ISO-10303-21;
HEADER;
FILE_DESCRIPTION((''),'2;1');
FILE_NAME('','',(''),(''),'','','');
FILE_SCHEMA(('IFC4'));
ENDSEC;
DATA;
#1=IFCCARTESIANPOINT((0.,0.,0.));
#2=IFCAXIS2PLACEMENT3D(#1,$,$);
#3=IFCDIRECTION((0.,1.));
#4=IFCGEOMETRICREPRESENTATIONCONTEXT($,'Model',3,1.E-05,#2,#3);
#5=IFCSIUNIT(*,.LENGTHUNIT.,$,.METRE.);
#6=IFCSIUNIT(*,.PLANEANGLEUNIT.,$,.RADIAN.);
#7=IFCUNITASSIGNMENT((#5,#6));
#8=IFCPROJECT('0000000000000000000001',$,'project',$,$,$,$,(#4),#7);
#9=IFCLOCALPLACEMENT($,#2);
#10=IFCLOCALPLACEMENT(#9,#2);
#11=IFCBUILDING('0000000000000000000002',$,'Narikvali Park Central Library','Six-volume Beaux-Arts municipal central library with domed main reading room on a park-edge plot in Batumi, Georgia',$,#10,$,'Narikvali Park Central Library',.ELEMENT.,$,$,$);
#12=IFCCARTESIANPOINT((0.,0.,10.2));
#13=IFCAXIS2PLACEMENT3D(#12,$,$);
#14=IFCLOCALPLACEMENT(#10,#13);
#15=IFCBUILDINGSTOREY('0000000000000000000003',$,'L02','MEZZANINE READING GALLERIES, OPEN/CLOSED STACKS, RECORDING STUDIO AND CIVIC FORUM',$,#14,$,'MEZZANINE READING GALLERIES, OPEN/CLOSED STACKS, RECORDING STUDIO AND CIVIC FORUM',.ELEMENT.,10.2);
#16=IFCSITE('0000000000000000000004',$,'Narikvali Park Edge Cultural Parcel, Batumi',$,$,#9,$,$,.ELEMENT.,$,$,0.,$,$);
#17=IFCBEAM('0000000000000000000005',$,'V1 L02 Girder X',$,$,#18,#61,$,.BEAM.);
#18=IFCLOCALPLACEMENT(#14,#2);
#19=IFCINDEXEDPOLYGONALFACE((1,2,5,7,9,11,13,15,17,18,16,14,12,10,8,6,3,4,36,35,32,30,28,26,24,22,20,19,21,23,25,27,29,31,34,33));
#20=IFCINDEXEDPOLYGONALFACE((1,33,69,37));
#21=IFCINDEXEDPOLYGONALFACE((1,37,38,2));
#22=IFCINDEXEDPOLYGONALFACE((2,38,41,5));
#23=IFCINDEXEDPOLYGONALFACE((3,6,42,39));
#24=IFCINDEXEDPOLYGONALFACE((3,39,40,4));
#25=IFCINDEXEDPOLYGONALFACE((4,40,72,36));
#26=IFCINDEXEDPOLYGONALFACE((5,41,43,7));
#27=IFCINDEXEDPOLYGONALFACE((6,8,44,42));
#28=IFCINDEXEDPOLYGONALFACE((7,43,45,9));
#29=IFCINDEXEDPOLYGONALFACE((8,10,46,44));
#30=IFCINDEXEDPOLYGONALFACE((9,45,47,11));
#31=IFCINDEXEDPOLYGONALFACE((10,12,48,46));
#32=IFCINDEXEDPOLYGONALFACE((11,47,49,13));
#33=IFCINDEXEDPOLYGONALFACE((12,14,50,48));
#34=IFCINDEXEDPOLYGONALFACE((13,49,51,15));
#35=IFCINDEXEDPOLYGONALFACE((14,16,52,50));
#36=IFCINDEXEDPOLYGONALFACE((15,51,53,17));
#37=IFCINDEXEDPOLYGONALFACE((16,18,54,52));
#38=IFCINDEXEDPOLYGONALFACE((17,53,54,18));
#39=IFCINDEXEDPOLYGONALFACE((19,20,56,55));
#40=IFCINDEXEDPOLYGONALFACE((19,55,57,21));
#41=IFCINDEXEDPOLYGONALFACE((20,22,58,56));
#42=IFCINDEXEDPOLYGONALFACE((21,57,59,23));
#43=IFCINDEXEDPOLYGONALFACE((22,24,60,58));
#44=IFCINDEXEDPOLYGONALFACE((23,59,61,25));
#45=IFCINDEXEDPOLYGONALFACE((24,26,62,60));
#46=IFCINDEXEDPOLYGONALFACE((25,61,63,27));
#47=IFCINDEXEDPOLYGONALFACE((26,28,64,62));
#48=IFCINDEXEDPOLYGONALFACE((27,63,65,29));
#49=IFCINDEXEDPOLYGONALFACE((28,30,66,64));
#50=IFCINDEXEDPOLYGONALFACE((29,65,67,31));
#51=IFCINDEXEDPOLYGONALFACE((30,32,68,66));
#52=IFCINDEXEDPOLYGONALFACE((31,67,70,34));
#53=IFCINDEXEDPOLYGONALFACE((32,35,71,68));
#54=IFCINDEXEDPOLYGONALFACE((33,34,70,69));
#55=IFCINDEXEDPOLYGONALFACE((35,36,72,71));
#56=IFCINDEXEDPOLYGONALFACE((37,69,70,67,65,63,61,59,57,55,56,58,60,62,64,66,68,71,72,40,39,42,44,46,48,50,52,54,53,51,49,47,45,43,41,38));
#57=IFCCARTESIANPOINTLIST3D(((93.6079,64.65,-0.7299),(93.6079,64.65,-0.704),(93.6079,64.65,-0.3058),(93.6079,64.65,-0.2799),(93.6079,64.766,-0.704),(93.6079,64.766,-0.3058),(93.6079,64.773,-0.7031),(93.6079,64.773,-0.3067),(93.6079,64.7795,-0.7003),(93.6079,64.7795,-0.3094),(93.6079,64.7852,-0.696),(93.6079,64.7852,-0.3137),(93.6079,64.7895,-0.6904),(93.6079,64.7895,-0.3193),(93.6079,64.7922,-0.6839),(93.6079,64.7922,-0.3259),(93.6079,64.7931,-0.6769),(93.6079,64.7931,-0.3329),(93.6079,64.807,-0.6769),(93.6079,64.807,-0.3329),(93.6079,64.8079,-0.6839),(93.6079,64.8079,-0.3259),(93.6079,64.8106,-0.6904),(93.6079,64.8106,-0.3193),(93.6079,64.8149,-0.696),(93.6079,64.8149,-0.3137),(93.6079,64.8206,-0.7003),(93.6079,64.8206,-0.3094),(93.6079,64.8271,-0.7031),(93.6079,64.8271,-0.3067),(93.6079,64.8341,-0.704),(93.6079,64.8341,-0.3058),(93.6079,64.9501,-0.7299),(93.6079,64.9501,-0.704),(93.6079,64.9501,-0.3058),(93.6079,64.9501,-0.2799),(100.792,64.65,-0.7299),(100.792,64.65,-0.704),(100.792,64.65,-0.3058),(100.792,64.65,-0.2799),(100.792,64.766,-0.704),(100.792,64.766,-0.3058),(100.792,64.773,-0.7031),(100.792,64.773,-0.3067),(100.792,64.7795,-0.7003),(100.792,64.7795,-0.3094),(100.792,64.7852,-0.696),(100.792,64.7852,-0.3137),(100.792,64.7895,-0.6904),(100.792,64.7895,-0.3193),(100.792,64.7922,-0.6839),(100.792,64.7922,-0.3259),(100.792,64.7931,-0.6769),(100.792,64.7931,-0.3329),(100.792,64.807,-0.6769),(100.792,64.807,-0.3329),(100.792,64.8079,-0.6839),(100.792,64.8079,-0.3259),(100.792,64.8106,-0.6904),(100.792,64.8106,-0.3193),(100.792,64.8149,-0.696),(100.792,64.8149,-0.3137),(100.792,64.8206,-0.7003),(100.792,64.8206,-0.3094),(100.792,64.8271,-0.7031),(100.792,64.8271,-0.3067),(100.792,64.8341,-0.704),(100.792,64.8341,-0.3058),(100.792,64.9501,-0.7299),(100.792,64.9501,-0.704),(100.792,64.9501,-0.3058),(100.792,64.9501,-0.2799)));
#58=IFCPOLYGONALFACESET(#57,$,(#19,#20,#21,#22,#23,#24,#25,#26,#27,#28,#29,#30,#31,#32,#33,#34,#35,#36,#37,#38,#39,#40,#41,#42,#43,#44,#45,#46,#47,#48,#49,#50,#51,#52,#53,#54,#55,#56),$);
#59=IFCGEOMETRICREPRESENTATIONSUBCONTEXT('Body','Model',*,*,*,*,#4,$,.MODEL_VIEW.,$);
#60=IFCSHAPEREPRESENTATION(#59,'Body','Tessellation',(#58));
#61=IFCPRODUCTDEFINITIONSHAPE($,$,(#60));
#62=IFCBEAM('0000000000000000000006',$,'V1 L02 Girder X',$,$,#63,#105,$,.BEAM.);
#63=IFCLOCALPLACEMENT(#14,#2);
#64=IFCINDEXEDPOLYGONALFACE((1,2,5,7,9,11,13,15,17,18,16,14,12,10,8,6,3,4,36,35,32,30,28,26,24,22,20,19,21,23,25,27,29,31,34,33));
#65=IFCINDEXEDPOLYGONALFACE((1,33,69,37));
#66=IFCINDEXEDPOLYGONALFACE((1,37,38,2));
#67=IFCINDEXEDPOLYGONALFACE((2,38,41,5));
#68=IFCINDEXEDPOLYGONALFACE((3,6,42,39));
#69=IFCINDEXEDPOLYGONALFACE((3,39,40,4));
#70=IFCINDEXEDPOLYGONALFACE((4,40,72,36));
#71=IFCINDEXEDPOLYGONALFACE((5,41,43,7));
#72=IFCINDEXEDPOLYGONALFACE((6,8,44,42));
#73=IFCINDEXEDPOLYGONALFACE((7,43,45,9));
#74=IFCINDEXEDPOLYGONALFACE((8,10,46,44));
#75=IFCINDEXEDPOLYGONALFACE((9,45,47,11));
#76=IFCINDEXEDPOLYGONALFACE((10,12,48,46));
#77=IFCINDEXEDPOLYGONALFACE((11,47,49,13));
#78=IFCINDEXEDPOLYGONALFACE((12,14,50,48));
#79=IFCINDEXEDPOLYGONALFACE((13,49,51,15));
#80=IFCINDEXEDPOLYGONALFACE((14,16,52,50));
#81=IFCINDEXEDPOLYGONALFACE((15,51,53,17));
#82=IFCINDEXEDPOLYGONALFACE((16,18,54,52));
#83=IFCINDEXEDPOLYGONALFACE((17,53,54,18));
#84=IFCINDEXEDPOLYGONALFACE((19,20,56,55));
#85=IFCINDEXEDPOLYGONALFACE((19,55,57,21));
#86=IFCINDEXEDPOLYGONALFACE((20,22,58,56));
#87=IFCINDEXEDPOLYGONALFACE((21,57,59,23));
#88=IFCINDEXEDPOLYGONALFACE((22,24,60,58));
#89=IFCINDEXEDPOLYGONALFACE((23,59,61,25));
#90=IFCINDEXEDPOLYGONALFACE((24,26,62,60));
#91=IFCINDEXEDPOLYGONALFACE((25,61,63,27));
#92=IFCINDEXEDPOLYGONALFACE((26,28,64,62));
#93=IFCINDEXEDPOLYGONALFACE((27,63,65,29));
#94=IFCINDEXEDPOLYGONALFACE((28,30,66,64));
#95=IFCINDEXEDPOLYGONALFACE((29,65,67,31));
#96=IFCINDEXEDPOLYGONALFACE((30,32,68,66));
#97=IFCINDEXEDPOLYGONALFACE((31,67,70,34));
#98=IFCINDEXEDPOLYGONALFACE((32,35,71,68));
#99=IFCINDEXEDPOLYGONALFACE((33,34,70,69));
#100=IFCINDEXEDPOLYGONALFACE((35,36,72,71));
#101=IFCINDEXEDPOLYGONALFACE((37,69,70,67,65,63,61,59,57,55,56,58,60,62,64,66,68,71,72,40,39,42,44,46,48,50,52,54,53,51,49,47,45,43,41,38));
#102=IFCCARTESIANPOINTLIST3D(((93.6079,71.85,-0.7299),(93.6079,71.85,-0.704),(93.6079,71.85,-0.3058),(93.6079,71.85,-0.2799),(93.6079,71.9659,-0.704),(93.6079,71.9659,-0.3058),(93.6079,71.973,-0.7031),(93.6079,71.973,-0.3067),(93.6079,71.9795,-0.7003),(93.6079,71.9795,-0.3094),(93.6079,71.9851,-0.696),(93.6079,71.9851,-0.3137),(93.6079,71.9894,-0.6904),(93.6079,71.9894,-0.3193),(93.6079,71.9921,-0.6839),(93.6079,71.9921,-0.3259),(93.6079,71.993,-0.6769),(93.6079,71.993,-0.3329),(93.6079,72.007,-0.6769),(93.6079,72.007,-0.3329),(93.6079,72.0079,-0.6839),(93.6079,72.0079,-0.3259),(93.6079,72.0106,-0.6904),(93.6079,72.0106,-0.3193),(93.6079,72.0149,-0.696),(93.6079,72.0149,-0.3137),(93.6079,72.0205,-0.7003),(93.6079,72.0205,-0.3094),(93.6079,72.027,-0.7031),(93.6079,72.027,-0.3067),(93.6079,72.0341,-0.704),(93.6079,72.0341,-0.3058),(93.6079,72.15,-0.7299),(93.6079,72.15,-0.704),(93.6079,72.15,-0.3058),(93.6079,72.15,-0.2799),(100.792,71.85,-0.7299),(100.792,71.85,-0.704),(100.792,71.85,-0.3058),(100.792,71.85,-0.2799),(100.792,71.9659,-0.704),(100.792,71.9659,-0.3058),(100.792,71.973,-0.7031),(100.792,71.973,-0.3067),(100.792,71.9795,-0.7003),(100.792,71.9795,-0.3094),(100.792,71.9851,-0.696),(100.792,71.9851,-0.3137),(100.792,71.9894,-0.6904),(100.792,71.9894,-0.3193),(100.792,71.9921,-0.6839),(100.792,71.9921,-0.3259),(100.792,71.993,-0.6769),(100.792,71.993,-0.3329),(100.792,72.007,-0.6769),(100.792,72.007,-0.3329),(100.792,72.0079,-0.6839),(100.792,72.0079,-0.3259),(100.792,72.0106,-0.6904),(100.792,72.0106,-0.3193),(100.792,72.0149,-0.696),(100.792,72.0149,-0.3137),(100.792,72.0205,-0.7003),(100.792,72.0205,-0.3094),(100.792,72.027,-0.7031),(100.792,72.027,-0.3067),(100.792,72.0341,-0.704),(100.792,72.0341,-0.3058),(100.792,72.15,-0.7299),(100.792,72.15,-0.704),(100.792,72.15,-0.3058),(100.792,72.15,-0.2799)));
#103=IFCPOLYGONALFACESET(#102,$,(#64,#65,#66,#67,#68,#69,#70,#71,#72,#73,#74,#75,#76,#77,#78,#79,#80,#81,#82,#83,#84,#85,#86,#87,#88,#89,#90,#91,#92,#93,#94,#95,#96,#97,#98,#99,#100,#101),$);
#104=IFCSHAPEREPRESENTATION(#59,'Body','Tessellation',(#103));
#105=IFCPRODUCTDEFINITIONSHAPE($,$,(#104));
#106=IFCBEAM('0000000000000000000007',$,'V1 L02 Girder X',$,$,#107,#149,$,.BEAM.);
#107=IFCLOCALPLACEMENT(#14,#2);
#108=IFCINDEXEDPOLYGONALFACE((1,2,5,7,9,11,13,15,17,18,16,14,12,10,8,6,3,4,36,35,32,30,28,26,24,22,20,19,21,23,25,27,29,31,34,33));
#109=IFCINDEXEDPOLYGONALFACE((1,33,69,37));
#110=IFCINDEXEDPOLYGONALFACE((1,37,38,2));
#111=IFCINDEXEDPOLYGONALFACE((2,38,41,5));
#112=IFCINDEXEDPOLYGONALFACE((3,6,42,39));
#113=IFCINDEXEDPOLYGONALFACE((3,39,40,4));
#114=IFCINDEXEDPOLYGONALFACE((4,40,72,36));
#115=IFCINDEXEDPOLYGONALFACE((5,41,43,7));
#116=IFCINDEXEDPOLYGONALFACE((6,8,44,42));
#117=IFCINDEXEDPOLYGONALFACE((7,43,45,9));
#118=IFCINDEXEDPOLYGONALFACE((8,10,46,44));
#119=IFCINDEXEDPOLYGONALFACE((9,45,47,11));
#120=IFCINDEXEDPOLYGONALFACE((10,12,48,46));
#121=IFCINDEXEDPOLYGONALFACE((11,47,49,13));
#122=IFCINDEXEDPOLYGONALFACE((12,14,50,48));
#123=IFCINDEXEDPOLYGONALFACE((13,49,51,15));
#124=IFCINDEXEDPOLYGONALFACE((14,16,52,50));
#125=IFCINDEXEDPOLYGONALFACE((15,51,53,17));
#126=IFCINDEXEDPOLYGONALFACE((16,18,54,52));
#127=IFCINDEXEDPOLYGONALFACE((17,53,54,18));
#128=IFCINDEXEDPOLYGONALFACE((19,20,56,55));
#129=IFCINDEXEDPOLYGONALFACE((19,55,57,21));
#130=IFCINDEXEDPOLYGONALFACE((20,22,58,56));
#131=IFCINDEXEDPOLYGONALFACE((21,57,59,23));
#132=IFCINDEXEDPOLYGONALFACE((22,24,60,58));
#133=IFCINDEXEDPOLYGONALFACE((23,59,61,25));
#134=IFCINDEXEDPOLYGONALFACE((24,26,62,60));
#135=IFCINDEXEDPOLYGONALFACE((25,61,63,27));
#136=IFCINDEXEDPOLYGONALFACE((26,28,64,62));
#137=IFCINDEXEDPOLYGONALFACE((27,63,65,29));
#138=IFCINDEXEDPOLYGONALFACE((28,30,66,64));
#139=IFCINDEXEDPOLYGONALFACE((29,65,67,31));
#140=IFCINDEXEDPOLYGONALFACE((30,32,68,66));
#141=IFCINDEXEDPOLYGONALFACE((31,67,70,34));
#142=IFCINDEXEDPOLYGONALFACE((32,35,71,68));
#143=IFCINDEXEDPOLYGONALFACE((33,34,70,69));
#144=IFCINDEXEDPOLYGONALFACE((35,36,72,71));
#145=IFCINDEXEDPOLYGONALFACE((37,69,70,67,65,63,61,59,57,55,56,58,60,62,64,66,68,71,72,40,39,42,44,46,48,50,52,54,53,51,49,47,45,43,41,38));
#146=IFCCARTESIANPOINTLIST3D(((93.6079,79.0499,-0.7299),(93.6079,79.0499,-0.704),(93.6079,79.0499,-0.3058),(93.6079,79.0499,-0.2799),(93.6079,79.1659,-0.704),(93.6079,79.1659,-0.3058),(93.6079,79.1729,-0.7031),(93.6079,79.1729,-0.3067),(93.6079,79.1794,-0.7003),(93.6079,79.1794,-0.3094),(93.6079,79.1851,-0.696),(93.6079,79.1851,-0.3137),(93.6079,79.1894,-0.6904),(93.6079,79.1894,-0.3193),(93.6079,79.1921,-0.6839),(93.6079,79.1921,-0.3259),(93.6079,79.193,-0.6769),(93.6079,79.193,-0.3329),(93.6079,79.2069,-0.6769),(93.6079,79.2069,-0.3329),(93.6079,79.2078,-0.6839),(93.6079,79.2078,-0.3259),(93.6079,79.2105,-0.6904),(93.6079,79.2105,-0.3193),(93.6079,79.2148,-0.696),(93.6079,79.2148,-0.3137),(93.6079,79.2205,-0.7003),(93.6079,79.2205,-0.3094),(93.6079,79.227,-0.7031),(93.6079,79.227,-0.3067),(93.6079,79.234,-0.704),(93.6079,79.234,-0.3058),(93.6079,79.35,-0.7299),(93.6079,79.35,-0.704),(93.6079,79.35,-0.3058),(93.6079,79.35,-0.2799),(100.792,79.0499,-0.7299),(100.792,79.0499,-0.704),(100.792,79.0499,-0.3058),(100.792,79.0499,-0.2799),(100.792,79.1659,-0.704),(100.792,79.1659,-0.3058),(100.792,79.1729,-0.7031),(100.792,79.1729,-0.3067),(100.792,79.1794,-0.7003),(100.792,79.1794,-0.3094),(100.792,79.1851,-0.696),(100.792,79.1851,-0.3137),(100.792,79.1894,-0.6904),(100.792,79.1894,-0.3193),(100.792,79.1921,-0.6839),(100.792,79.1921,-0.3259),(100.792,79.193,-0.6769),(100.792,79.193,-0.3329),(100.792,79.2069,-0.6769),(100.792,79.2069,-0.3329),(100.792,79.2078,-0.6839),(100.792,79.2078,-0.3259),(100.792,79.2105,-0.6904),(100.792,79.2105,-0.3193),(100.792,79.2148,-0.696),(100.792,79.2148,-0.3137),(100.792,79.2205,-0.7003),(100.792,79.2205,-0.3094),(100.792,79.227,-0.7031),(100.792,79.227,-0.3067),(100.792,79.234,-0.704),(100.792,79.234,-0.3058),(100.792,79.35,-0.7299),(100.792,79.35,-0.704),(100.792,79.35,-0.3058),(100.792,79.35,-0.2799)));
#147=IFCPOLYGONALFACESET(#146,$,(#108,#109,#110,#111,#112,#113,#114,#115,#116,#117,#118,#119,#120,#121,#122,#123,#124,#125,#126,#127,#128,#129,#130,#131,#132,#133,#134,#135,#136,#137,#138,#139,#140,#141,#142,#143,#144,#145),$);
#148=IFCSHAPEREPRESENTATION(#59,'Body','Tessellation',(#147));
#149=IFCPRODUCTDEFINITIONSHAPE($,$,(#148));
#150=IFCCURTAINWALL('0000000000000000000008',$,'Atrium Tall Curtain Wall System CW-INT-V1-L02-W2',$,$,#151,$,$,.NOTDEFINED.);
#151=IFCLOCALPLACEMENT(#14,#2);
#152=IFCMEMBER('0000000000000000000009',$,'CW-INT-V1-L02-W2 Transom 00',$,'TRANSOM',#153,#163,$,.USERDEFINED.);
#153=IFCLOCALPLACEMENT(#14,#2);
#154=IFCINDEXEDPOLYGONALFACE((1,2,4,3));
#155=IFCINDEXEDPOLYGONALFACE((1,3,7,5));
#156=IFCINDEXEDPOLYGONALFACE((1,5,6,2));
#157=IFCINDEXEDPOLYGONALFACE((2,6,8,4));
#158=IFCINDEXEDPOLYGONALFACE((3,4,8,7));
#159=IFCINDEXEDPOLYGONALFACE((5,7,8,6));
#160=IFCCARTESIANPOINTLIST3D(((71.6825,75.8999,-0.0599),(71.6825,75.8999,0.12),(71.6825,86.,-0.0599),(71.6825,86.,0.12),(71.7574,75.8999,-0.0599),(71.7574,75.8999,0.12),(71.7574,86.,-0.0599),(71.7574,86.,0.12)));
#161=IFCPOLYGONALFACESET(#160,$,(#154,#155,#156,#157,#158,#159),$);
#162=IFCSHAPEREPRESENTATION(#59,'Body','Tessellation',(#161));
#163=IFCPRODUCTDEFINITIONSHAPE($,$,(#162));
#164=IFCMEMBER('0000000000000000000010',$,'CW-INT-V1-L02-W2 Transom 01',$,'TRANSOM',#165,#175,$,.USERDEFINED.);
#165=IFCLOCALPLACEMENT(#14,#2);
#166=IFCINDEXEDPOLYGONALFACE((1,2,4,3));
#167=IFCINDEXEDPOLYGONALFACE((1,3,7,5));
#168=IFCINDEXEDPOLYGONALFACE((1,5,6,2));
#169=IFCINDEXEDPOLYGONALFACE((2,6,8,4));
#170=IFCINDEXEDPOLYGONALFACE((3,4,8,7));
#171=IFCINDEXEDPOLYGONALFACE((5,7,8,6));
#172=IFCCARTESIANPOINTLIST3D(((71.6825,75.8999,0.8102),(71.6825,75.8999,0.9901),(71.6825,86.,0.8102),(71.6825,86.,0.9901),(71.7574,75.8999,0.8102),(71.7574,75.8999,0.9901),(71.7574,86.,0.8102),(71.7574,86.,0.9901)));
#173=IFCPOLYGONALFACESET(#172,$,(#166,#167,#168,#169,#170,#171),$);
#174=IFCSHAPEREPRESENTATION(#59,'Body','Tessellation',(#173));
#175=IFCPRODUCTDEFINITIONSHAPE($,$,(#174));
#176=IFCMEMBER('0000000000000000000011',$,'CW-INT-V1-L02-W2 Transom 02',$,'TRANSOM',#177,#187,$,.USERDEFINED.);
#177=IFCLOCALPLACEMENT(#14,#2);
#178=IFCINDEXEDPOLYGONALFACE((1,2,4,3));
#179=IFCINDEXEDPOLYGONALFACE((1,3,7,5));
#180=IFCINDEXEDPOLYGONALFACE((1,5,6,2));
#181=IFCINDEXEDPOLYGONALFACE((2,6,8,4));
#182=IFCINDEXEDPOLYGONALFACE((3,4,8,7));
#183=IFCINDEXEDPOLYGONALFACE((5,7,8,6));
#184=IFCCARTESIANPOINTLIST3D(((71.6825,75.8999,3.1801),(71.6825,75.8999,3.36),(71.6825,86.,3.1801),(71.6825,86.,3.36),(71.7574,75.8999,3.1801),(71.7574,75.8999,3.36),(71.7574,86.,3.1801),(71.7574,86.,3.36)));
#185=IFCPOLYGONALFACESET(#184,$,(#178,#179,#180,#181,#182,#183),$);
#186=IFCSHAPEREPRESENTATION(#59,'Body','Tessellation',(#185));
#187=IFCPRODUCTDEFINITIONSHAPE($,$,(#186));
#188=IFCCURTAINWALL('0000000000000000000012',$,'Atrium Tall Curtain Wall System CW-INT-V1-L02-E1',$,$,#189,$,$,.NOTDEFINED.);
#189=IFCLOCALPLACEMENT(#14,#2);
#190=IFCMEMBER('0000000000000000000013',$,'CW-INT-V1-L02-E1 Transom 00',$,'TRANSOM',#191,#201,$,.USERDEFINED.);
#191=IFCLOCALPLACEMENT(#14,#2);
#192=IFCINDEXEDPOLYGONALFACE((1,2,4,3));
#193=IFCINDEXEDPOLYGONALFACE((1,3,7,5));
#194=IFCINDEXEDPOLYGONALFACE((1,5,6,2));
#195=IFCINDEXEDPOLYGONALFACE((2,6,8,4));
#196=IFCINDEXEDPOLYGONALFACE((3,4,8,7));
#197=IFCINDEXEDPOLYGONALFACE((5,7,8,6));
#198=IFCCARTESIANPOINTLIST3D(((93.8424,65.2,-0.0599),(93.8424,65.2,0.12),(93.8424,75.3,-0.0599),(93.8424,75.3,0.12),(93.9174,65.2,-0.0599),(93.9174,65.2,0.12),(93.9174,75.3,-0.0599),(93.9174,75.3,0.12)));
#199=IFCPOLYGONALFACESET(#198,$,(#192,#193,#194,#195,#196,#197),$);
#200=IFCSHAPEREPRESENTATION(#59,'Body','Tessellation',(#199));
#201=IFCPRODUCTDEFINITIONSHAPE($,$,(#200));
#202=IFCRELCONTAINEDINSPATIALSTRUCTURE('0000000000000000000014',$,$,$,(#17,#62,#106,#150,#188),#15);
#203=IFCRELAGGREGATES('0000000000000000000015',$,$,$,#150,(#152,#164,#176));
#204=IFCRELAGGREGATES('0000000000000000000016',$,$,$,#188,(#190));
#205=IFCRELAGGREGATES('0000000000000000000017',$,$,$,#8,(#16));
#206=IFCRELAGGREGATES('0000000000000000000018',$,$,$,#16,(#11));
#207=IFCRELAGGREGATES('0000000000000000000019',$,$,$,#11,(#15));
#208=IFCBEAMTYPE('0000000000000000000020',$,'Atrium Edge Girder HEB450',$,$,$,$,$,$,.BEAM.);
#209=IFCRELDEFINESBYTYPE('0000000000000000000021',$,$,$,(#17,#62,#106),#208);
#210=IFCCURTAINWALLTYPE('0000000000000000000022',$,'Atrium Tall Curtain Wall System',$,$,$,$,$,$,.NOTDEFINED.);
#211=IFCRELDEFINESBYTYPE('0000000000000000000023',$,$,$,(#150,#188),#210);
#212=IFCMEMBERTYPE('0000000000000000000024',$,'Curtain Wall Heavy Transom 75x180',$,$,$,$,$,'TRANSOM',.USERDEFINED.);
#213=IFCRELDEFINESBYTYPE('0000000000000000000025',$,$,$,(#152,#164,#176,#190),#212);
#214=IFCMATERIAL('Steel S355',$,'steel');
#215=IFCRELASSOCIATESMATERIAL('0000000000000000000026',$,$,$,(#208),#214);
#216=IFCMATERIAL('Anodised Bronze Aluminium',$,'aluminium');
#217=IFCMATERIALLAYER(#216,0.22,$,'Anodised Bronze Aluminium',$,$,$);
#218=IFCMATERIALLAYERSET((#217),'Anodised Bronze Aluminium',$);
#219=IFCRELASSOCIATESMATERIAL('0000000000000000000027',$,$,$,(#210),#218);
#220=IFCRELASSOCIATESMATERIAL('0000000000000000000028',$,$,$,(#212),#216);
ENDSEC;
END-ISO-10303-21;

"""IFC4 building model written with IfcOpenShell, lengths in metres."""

from ifc_helpers import new_model, si_unit, direction, frame, origin, origin_2d, place, context, subcontext, project, spatial, rectangle, i_section, extrude, material, layer, layer_set, material_profile, profile_set, type_object, element, aggregate, save


model = new_model("IFC4")

# Units and contexts
model_context = context("Model", 3, precision=1e-05, world=origin(), true_north=direction((0.0, 1.0)))
body_context = subcontext(model_context, "Body", "Model", "MODEL_VIEW")
ifc_project = project(units=[si_unit("LENGTHUNIT", "METRE"), si_unit("PLANEANGLEUNIT", "RADIAN")], contexts=[model_context])

# Site, building, storey
site_placement = place(None, origin())
site = spatial("IfcSite", under=ifc_project, at=site_placement, Name="Narikvali Park Edge Cultural Parcel, Batumi", CompositionType="ELEMENT", RefElevation=0.0)
building_placement = place(site_placement, origin())
building = spatial("IfcBuilding", under=site, at=building_placement, Name="Narikvali Park Central Library", Description="Six-volume Beaux-Arts municipal central library with domed main reading room on a park-edge plot in Batumi, Georgia", LongName="Narikvali Park Central Library", CompositionType="ELEMENT")
storey_placement = place(building_placement, frame((0.0, 0.0, 10.2)))
storey = spatial("IfcBuildingStorey", under=building, at=storey_placement, Name="L02", Description="MEZZANINE READING GALLERIES, OPEN/CLOSED STACKS, RECORDING STUDIO AND CIVIC FORUM", LongName="MEZZANINE READING GALLERIES, OPEN/CLOSED STACKS, RECORDING STUDIO AND CIVIC FORUM", CompositionType="ELEMENT", Elevation=10.2)

# Shared definitions
ifc_material_1 = material(Name="Steel S355", Category="steel")

# Beams
ifc_material_profile_1 = material_profile(ifc_material_1, i_section(OverallWidth=0.3, OverallDepth=0.45, WebThickness=0.0139, FlangeThickness=0.0259, FilletRadius=0.0271, at=origin_2d()), Name="HEB 450")
ifc_profile_set_1 = profile_set([ifc_material_profile_1], Name="Steel S355")
beam_type = type_object("IfcBeamType", Name="Atrium Edge Girder HEB450", PredefinedType="BEAM", material=ifc_profile_set_1)
for number, where, z_axis, x_axis, name in (
    (1, (93.6079, 64.8, -0.5049), (1.0, 0.0, 0.0), (0.0, 1.0, 0.0), "V1 L02 Girder X"),
    (2, (93.6079, 72.0, -0.5049), (1.0, 0.0, 0.0), (0.0, 1.0, 0.0), "V1 L02 Girder X"),
    (3, (93.6079, 79.2, -0.5049), (1.0, 0.0, 0.0), (0.0, 1.0, 0.0), "V1 L02 Girder X"),
):
    element("IfcBeam", number, at=place(storey_placement, frame(where, z_axis=z_axis, x_axis=x_axis)), inside=storey, type_object=beam_type, Name=name, PredefinedType="BEAM", context=body_context, shape_type="SweptSolid", body=[
        extrude(i_section(OverallWidth=0.3, OverallDepth=0.45, WebThickness=0.0139, FlangeThickness=0.0259, FilletRadius=0.0271, at=origin_2d()), origin(), (0.0, 0.0, 1.0), 7.1841),
    ])

# Curtain walls, members
ifc_material_2 = material(Name="Anodised Bronze Aluminium", Category="aluminium")
ifc_layer_1 = layer(ifc_material_2, 0.22, Name="Anodised Bronze Aluminium")
ifc_layer_set_1 = layer_set([ifc_layer_1], Name="Anodised Bronze Aluminium")
curtain_wall_type = type_object("IfcCurtainWallType", Name="Atrium Tall Curtain Wall System", PredefinedType="NOTDEFINED", material=ifc_layer_set_1)
curtain_wall_1_placement = place(storey_placement, origin())
curtain_wall_1 = element("IfcCurtainWall", 4, at=curtain_wall_1_placement, inside=storey, type_object=curtain_wall_type, Name="Atrium Tall Curtain Wall System CW-INT-V1-L02-W2", PredefinedType="NOTDEFINED")
ifc_material_profile_2 = material_profile(ifc_material_2, rectangle(XDim=0.075, YDim=0.1799, at=origin_2d()), Name="CW TRANSOM 75x180")
ifc_profile_set_2 = profile_set([ifc_material_profile_2], Name="Anodised Bronze Aluminium")
member_type_1 = type_object("IfcMemberType", Name="Curtain Wall Heavy Transom 75x180", ElementType="TRANSOM", PredefinedType="USERDEFINED", material=ifc_profile_set_2)
member_1_placement = place(storey_placement, frame((71.72, 75.8999, 0.03), z_axis=(0.0, 1.0, 0.0), x_axis=(-1.0, 0.0, 0.0)))
member_1 = element("IfcMember", 5, at=member_1_placement, type_object=member_type_1, Name="CW-INT-V1-L02-W2 Transom 00", ObjectType="TRANSOM", PredefinedType="USERDEFINED", context=body_context, shape_type="SweptSolid", body=[
    extrude(rectangle(XDim=0.075, YDim=0.1799, at=origin_2d()), origin(), (0.0, 0.0, 1.0), 10.1001),
])
member_2_placement = place(storey_placement, frame((71.72, 75.8999, 0.9001), z_axis=(0.0, 1.0, 0.0), x_axis=(-1.0, 0.0, 0.0)))
member_2 = element("IfcMember", 6, at=member_2_placement, type_object=member_type_1, Name="CW-INT-V1-L02-W2 Transom 01", ObjectType="TRANSOM", PredefinedType="USERDEFINED", context=body_context, shape_type="SweptSolid", body=[
    extrude(rectangle(XDim=0.075, YDim=0.1799, at=origin_2d()), origin(), (0.0, 0.0, 1.0), 10.1001),
])
member_3_placement = place(storey_placement, frame((71.72, 75.8999, 3.27), z_axis=(0.0, 1.0, 0.0), x_axis=(-1.0, 0.0, 0.0)))
member_3 = element("IfcMember", 7, at=member_3_placement, type_object=member_type_1, Name="CW-INT-V1-L02-W2 Transom 02", ObjectType="TRANSOM", PredefinedType="USERDEFINED", context=body_context, shape_type="SweptSolid", body=[
    extrude(rectangle(XDim=0.075, YDim=0.1799, at=origin_2d()), origin(), (0.0, 0.0, 1.0), 10.1001),
])
curtain_wall_2_placement = place(storey_placement, origin())
curtain_wall_2 = element("IfcCurtainWall", 8, at=curtain_wall_2_placement, inside=storey, type_object=curtain_wall_type, Name="Atrium Tall Curtain Wall System CW-INT-V1-L02-E1", PredefinedType="NOTDEFINED")
member_4_placement = place(storey_placement, frame((93.8799, 65.2, 0.03), z_axis=(0.0, 1.0, 0.0), x_axis=(-1.0, 0.0, 0.0)))
member_4 = element("IfcMember", 9, at=member_4_placement, type_object=member_type_1, Name="CW-INT-V1-L02-E1 Transom 00", ObjectType="TRANSOM", PredefinedType="USERDEFINED", context=body_context, shape_type="SweptSolid", body=[
    extrude(rectangle(XDim=0.075, YDim=0.1799, at=origin_2d()), origin(), (0.0, 0.0, 1.0), 10.1001),
])

aggregate(curtain_wall_1, [member_1, member_2, member_3])
aggregate(curtain_wall_2, [member_4])

save(model, "model.ifc")
